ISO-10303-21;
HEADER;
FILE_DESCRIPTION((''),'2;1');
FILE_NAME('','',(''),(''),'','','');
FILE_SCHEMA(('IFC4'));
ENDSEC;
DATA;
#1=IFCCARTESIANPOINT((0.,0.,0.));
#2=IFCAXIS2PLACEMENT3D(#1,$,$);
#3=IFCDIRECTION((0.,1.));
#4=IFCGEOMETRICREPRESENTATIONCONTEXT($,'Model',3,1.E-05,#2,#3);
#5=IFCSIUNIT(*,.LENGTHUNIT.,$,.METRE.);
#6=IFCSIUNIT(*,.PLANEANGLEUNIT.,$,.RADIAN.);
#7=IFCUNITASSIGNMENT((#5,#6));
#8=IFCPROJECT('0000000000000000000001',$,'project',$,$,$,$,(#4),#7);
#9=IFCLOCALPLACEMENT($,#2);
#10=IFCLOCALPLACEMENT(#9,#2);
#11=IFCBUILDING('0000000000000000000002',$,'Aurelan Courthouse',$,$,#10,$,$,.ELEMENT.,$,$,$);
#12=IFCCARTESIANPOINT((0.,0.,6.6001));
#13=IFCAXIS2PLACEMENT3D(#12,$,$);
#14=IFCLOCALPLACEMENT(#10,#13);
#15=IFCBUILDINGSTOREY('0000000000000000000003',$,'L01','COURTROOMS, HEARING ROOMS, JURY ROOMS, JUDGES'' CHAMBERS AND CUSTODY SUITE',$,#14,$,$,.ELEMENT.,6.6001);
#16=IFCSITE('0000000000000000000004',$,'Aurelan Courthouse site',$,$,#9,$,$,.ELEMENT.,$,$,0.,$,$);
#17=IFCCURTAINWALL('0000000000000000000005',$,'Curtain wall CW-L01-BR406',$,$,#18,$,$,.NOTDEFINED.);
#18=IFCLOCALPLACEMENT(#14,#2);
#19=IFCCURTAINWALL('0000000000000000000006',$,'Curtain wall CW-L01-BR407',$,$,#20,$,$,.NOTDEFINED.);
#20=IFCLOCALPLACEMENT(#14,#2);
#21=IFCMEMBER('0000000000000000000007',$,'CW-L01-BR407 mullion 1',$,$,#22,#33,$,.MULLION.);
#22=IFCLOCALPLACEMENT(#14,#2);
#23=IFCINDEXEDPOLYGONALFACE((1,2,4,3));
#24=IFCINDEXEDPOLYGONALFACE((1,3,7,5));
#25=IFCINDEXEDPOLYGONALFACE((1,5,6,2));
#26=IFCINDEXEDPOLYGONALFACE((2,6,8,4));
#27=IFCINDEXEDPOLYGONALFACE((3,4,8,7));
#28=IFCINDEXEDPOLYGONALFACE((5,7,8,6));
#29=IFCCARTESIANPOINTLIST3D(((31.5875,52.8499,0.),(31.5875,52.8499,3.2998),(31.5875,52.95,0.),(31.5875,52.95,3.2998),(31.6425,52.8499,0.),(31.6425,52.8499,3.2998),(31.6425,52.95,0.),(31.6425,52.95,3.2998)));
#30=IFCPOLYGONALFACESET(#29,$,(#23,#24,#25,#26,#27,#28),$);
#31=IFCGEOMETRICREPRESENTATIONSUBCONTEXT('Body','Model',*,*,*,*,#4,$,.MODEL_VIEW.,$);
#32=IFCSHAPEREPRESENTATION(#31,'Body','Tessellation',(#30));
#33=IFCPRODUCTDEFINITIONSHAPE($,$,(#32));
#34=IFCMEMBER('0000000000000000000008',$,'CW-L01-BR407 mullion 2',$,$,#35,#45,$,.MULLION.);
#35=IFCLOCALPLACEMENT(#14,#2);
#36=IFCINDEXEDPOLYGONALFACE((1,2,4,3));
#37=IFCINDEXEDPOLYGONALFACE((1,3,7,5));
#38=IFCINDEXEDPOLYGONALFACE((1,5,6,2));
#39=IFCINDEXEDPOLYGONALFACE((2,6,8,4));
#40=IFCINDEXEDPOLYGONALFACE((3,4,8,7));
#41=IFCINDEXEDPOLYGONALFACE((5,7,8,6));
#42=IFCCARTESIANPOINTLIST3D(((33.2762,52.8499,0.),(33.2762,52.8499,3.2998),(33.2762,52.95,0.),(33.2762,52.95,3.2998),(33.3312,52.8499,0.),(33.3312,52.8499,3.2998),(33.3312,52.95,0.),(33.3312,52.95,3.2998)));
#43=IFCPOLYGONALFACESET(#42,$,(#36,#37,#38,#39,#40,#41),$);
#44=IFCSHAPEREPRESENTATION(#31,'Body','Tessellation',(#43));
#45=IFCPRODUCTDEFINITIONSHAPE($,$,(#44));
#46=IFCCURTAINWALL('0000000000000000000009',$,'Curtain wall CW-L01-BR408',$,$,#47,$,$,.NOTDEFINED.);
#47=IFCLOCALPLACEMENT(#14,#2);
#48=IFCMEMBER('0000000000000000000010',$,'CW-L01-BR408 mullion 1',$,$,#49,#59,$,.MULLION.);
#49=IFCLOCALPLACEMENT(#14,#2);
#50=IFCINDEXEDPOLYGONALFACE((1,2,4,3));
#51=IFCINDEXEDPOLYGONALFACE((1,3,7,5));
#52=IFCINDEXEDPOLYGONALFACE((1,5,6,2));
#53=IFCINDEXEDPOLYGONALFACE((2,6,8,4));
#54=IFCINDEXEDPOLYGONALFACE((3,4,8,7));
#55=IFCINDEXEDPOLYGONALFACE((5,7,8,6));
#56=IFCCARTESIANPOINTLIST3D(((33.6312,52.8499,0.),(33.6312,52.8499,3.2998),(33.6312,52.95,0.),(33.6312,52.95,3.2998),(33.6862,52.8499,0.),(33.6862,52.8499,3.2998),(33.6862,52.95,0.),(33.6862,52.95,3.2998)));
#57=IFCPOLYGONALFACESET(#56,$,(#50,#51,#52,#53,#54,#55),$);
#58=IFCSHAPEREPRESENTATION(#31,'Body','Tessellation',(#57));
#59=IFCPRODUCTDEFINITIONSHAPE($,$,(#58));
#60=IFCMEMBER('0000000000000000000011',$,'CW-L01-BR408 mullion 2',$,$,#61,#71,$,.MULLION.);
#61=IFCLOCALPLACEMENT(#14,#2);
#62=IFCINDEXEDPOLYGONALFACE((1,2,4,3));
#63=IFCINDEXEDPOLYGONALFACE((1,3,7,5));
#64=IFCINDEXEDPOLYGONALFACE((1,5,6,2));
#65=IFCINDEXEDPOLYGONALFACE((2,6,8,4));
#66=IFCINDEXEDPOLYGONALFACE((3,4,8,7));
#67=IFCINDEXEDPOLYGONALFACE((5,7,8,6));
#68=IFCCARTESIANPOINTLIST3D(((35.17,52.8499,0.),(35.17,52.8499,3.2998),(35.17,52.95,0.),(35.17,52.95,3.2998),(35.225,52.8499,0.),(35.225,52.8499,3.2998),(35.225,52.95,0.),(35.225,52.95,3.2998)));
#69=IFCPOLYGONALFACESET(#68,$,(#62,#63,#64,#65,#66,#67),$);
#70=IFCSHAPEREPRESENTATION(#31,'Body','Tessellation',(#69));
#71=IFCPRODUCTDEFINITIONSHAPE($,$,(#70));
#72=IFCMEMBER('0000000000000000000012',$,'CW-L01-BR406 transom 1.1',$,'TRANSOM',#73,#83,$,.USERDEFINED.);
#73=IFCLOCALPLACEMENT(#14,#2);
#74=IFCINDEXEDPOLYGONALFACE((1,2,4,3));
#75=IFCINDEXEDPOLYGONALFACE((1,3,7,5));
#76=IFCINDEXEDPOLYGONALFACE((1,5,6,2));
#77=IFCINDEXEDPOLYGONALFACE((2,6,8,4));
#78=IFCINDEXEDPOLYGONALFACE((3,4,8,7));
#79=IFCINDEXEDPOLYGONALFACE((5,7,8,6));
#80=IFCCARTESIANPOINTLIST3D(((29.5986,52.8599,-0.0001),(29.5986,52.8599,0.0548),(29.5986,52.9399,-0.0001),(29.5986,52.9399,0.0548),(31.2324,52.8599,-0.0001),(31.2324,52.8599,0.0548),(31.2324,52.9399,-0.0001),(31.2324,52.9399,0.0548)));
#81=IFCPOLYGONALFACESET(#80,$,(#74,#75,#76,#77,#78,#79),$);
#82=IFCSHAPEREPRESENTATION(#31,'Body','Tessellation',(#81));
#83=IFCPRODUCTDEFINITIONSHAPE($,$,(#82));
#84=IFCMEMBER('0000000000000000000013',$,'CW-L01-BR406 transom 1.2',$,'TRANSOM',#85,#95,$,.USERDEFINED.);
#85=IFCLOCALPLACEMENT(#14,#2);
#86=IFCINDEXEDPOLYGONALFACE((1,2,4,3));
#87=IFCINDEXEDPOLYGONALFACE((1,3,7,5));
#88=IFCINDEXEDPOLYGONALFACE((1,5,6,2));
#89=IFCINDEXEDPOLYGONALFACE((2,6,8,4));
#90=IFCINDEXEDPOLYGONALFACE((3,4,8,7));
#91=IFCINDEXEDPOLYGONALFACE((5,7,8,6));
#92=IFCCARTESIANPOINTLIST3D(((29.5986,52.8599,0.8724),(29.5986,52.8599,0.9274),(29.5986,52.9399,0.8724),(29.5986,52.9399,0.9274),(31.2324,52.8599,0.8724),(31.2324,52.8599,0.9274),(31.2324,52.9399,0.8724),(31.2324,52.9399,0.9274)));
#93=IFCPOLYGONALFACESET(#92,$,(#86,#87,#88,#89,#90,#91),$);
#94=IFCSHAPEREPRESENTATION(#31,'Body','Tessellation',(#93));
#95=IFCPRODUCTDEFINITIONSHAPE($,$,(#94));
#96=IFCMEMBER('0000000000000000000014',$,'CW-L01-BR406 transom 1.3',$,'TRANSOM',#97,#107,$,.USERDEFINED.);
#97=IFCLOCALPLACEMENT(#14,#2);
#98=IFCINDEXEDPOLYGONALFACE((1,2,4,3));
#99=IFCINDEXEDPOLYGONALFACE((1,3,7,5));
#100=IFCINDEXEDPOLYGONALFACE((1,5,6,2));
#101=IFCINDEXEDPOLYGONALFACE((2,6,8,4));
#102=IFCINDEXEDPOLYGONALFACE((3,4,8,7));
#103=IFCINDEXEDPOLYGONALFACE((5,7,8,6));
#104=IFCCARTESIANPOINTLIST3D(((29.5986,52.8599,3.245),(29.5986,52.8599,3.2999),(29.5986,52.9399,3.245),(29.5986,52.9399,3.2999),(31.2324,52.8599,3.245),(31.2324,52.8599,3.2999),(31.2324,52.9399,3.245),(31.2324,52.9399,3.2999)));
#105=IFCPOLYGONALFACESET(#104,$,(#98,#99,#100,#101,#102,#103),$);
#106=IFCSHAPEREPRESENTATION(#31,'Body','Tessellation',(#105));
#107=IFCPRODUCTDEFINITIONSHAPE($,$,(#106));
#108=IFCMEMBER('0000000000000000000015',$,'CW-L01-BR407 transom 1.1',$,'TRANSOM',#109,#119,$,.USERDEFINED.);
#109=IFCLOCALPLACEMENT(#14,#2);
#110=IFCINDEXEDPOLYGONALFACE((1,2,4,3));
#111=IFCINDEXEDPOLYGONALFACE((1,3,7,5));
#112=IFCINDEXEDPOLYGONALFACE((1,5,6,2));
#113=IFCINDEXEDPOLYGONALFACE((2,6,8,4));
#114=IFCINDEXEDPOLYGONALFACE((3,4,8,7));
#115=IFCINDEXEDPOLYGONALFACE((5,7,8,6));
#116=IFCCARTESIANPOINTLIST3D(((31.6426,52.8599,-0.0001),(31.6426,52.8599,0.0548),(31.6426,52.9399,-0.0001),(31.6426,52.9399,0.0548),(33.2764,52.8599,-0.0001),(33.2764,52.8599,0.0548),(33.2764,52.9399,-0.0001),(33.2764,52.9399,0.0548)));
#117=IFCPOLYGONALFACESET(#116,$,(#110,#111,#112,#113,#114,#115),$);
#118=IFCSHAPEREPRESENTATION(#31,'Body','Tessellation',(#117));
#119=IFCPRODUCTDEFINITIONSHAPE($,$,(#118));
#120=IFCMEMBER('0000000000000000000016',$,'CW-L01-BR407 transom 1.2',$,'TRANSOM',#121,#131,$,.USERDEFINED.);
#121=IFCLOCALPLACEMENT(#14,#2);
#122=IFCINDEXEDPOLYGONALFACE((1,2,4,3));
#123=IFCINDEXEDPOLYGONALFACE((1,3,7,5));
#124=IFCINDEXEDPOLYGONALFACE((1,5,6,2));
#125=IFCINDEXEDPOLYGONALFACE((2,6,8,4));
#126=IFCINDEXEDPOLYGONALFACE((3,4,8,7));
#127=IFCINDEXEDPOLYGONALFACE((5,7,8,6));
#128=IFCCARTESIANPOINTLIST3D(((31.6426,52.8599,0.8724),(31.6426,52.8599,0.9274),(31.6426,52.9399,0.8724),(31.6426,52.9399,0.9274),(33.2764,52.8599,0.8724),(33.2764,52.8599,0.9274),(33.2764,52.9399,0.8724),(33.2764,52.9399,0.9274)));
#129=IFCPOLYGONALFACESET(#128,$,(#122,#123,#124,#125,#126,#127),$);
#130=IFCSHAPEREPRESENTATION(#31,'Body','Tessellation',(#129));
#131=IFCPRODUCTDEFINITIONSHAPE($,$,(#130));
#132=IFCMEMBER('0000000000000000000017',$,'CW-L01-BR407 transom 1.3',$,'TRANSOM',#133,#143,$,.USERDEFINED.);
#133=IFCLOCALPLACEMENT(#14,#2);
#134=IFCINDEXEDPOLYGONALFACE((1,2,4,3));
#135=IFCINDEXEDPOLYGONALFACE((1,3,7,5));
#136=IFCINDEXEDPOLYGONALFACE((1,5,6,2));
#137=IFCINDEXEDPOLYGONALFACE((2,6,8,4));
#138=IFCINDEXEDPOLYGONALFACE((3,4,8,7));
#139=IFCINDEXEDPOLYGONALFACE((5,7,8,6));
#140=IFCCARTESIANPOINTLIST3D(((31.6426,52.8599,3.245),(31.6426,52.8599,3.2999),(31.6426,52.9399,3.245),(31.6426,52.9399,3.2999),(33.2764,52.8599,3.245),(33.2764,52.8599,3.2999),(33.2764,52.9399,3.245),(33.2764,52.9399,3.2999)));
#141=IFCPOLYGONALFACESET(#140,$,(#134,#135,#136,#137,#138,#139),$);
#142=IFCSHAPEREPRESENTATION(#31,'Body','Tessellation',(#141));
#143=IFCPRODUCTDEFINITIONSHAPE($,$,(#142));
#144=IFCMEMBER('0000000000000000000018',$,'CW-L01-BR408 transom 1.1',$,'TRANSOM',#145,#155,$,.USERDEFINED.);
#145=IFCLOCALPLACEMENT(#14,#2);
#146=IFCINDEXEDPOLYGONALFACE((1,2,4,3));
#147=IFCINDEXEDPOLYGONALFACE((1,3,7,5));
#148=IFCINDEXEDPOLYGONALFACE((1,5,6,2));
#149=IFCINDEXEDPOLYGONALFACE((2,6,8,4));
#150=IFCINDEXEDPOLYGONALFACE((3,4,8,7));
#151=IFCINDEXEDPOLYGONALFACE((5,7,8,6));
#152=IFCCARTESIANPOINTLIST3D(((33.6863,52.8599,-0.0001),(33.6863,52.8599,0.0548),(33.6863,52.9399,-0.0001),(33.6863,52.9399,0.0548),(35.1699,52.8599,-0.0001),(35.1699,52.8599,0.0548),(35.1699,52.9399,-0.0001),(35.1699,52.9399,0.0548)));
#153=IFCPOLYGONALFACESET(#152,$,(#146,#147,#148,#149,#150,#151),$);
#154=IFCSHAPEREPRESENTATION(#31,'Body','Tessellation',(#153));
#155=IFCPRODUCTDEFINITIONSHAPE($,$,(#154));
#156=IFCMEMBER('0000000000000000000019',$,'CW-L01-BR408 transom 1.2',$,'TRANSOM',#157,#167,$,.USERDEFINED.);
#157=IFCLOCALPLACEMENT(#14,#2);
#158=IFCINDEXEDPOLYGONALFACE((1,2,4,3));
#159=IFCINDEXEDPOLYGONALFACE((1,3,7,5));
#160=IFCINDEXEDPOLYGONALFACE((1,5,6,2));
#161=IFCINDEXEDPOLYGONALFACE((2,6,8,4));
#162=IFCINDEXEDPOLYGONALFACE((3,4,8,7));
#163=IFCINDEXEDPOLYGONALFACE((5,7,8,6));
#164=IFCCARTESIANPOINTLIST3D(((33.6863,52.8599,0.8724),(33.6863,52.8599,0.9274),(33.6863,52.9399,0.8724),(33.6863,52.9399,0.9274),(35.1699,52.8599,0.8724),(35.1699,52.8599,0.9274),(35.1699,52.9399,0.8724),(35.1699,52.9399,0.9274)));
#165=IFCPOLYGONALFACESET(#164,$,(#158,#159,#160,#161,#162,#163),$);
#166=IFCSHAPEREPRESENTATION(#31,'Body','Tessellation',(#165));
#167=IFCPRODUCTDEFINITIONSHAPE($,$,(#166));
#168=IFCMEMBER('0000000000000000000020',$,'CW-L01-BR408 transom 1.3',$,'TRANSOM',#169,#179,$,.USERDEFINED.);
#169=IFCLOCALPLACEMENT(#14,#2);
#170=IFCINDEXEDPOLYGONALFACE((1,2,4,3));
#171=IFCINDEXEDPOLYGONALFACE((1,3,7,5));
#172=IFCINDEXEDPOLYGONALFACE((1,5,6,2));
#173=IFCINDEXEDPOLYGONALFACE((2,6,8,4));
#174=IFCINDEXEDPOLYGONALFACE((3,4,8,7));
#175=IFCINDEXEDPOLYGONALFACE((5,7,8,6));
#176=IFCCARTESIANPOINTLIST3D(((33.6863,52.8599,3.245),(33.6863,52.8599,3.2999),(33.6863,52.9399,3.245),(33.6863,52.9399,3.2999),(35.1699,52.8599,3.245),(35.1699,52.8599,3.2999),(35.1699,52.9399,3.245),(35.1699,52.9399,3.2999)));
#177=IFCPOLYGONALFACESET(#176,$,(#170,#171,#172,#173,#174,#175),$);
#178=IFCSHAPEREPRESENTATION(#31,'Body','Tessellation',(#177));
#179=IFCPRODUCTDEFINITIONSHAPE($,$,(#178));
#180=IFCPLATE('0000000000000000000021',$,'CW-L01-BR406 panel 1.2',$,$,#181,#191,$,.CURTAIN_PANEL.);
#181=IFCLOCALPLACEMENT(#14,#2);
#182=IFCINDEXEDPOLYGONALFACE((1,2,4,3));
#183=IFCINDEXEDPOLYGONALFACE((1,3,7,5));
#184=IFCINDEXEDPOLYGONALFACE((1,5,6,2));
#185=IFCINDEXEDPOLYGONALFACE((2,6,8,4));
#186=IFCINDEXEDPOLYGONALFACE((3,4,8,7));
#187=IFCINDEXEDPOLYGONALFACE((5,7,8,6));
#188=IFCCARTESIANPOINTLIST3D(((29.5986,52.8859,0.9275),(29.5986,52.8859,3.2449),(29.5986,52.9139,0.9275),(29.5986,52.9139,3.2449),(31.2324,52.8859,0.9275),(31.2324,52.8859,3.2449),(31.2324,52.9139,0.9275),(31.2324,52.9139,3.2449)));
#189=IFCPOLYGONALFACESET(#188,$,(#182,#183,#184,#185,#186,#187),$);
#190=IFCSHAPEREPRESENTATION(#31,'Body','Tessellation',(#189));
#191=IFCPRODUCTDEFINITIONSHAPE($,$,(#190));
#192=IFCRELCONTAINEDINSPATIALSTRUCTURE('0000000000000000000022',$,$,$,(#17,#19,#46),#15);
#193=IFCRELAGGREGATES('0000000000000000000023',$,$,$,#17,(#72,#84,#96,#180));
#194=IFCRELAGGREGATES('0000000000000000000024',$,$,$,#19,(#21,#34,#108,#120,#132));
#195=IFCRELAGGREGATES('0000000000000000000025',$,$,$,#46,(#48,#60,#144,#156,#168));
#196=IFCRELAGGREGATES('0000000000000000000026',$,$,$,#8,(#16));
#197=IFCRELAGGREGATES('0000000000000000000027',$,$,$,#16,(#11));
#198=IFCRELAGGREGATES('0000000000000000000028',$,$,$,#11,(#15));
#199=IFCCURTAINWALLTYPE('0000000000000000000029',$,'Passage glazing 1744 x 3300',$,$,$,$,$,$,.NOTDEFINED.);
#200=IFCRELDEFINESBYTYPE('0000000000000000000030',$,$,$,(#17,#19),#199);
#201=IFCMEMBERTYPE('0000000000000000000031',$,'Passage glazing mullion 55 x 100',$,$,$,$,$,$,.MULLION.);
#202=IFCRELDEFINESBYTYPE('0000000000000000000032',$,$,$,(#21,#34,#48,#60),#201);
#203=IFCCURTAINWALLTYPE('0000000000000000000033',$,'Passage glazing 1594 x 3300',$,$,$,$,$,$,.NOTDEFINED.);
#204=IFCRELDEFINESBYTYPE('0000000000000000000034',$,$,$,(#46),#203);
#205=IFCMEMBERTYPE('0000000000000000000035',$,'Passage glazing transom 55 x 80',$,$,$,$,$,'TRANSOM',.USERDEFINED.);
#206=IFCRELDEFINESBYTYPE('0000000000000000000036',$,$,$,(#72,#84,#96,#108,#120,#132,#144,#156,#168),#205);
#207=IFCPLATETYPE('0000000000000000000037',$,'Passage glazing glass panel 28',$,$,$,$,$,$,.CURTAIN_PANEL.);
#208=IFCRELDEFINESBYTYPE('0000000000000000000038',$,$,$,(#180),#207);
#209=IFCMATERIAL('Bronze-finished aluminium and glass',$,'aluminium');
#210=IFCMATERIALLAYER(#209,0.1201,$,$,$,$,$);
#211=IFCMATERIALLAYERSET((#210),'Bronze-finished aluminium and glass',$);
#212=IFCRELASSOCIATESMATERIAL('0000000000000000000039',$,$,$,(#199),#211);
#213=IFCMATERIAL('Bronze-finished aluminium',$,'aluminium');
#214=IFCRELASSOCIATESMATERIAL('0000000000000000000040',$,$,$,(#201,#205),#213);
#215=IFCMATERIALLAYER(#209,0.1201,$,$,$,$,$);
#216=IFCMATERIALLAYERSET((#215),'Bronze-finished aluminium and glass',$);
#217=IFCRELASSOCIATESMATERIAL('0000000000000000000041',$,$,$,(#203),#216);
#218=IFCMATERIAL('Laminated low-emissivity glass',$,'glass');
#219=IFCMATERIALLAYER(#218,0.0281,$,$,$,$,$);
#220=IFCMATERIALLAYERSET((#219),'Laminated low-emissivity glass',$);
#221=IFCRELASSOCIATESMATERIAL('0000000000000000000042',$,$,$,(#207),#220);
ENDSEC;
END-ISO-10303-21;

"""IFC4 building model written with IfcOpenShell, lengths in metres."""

from ifc_helpers import new_model, si_unit, direction, frame, origin, origin_2d, place, context, subcontext, project, spatial, rectangle, extrude, material, layer, layer_set, material_profile, profile_set, type_object, element, aggregate, save


model = new_model("IFC4")

# Units and contexts
model_context = context("Model", 3, precision=1e-05, world=origin(), true_north=direction((0.0, 1.0)))
body_context = subcontext(model_context, "Body", "Model", "MODEL_VIEW")
ifc_project = project(units=[si_unit("LENGTHUNIT", "METRE"), si_unit("PLANEANGLEUNIT", "RADIAN")], contexts=[model_context])

# Site, building, storey
site_placement = place(None, origin())
site = spatial("IfcSite", under=ifc_project, at=site_placement, Name="Aurelan Courthouse site", CompositionType="ELEMENT", RefElevation=0.0)
building_placement = place(site_placement, origin())
building = spatial("IfcBuilding", under=site, at=building_placement, Name="Aurelan Courthouse", CompositionType="ELEMENT")
storey_placement = place(building_placement, frame((0.0, 0.0, 6.6001)))
storey = spatial("IfcBuildingStorey", under=building, at=storey_placement, Name="L01", Description="COURTROOMS, HEARING ROOMS, JURY ROOMS, JUDGES' CHAMBERS AND CUSTODY SUITE", CompositionType="ELEMENT", Elevation=6.6001)

# Curtain walls, members
ifc_material_1 = material(Name="Bronze-finished aluminium and glass", Category="aluminium")
ifc_layer_1 = layer(ifc_material_1, 0.1201)
ifc_layer_set_1 = layer_set([ifc_layer_1], Name="Bronze-finished aluminium and glass")
curtain_wall_type_1 = type_object("IfcCurtainWallType", Name="Passage glazing 1744 x 3300", PredefinedType="NOTDEFINED", material=ifc_layer_set_1)
curtain_wall_1_placement = place(storey_placement, origin())
curtain_wall_1 = element("IfcCurtainWall", 1, at=curtain_wall_1_placement, inside=storey, type_object=curtain_wall_type_1, Name="Curtain wall CW-L01-BR406", PredefinedType="NOTDEFINED")
ifc_material_2 = material(Name="Bronze-finished aluminium", Category="aluminium")
ifc_material_profile_1 = material_profile(ifc_material_2, rectangle(XDim=0.1001, YDim=0.0549, at=origin_2d()), Name="Passage glazing mullion 55 x 100")
ifc_profile_set_1 = profile_set([ifc_material_profile_1], Name="Bronze-finished aluminium")
member_type_1 = type_object("IfcMemberType", Name="Passage glazing mullion 55 x 100", PredefinedType="MULLION", material=ifc_profile_set_1)
curtain_wall_2_placement = place(storey_placement, origin())
curtain_wall_2 = element("IfcCurtainWall", 2, at=curtain_wall_2_placement, inside=storey, type_object=curtain_wall_type_1, Name="Curtain wall CW-L01-BR407", PredefinedType="NOTDEFINED")
member_1_placement = place(storey_placement, frame((31.615, 52.8999, 0.0), z_axis=(0.0, 0.0, 1.0), x_axis=(0.0, 1.0, 0.0)))
member_1 = element("IfcMember", 3, at=member_1_placement, type_object=member_type_1, Name="CW-L01-BR407 mullion 1", PredefinedType="MULLION", context=body_context, shape_type="SweptSolid", body=[
    extrude(rectangle(XDim=0.1001, YDim=0.0549, at=origin_2d()), origin(), (0.0, 0.0, 1.0), 3.2998),
])
member_2_placement = place(storey_placement, frame((33.3037, 52.8999, 0.0), z_axis=(0.0, 0.0, 1.0), x_axis=(0.0, 1.0, 0.0)))
member_2 = element("IfcMember", 4, at=member_2_placement, type_object=member_type_1, Name="CW-L01-BR407 mullion 2", PredefinedType="MULLION", context=body_context, shape_type="SweptSolid", body=[
    extrude(rectangle(XDim=0.1001, YDim=0.0549, at=origin_2d()), origin(), (0.0, 0.0, 1.0), 3.2998),
])
ifc_layer_2 = layer(ifc_material_1, 0.1201)
ifc_layer_set_2 = layer_set([ifc_layer_2], Name="Bronze-finished aluminium and glass")
curtain_wall_type_2 = type_object("IfcCurtainWallType", Name="Passage glazing 1594 x 3300", PredefinedType="NOTDEFINED", material=ifc_layer_set_2)
curtain_wall_3_placement = place(storey_placement, origin())
curtain_wall_3 = element("IfcCurtainWall", 5, at=curtain_wall_3_placement, inside=storey, type_object=curtain_wall_type_2, Name="Curtain wall CW-L01-BR408", PredefinedType="NOTDEFINED")
member_3_placement = place(storey_placement, frame((33.6587, 52.8999, 0.0), z_axis=(0.0, 0.0, 1.0), x_axis=(0.0, 1.0, 0.0)))
member_3 = element("IfcMember", 6, at=member_3_placement, type_object=member_type_1, Name="CW-L01-BR408 mullion 1", PredefinedType="MULLION", context=body_context, shape_type="SweptSolid", body=[
    extrude(rectangle(XDim=0.1001, YDim=0.0549, at=origin_2d()), origin(), (0.0, 0.0, 1.0), 3.2998),
])
member_4_placement = place(storey_placement, frame((35.1975, 52.8999, 0.0), z_axis=(0.0, 0.0, 1.0), x_axis=(0.0, 1.0, 0.0)))
member_4 = element("IfcMember", 7, at=member_4_placement, type_object=member_type_1, Name="CW-L01-BR408 mullion 2", PredefinedType="MULLION", context=body_context, shape_type="SweptSolid", body=[
    extrude(rectangle(XDim=0.1001, YDim=0.0549, at=origin_2d()), origin(), (0.0, 0.0, 1.0), 3.2998),
])

# Members
ifc_material_profile_2 = material_profile(ifc_material_2, rectangle(XDim=0.0801, YDim=0.0549, at=origin_2d()), Name="Passage glazing transom 55 x 80")
ifc_profile_set_2 = profile_set([ifc_material_profile_2], Name="Bronze-finished aluminium")
member_type_2 = type_object("IfcMemberType", Name="Passage glazing transom 55 x 80", ElementType="TRANSOM", PredefinedType="USERDEFINED", material=ifc_profile_set_2)
member_5_placement = place(storey_placement, frame((29.5986, 52.8999, 0.0273), z_axis=(1.0, 0.0, 0.0), x_axis=(0.0, 1.0, 0.0)))
member_5 = element("IfcMember", 8, at=member_5_placement, type_object=member_type_2, Name="CW-L01-BR406 transom 1.1", ObjectType="TRANSOM", PredefinedType="USERDEFINED", context=body_context, shape_type="SweptSolid", body=[
    extrude(rectangle(XDim=0.0801, YDim=0.0549, at=origin_2d()), origin(), (0.0, 0.0, 1.0), 1.6338),
])
member_6_placement = place(storey_placement, frame((29.5986, 52.8999, 0.8999), z_axis=(1.0, 0.0, 0.0), x_axis=(0.0, 1.0, 0.0)))
member_6 = element("IfcMember", 9, at=member_6_placement, type_object=member_type_2, Name="CW-L01-BR406 transom 1.2", ObjectType="TRANSOM", PredefinedType="USERDEFINED", context=body_context, shape_type="SweptSolid", body=[
    extrude(rectangle(XDim=0.0801, YDim=0.0549, at=origin_2d()), origin(), (0.0, 0.0, 1.0), 1.6338),
])
member_7_placement = place(storey_placement, frame((29.5986, 52.8999, 3.2725), z_axis=(1.0, 0.0, 0.0), x_axis=(0.0, 1.0, 0.0)))
member_7 = element("IfcMember", 10, at=member_7_placement, type_object=member_type_2, Name="CW-L01-BR406 transom 1.3", ObjectType="TRANSOM", PredefinedType="USERDEFINED", context=body_context, shape_type="SweptSolid", body=[
    extrude(rectangle(XDim=0.0801, YDim=0.0549, at=origin_2d()), origin(), (0.0, 0.0, 1.0), 1.6338),
])
member_8_placement = place(storey_placement, frame((31.6426, 52.8999, 0.0273), z_axis=(1.0, 0.0, 0.0), x_axis=(0.0, 1.0, 0.0)))
member_8 = element("IfcMember", 11, at=member_8_placement, type_object=member_type_2, Name="CW-L01-BR407 transom 1.1", ObjectType="TRANSOM", PredefinedType="USERDEFINED", context=body_context, shape_type="SweptSolid", body=[
    extrude(rectangle(XDim=0.0801, YDim=0.0549, at=origin_2d()), origin(), (0.0, 0.0, 1.0), 1.6338),
])
member_9_placement = place(storey_placement, frame((31.6426, 52.8999, 0.8999), z_axis=(1.0, 0.0, 0.0), x_axis=(0.0, 1.0, 0.0)))
member_9 = element("IfcMember", 12, at=member_9_placement, type_object=member_type_2, Name="CW-L01-BR407 transom 1.2", ObjectType="TRANSOM", PredefinedType="USERDEFINED", context=body_context, shape_type="SweptSolid", body=[
    extrude(rectangle(XDim=0.0801, YDim=0.0549, at=origin_2d()), origin(), (0.0, 0.0, 1.0), 1.6338),
])
member_10_placement = place(storey_placement, frame((31.6426, 52.8999, 3.2725), z_axis=(1.0, 0.0, 0.0), x_axis=(0.0, 1.0, 0.0)))
member_10 = element("IfcMember", 13, at=member_10_placement, type_object=member_type_2, Name="CW-L01-BR407 transom 1.3", ObjectType="TRANSOM", PredefinedType="USERDEFINED", context=body_context, shape_type="SweptSolid", body=[
    extrude(rectangle(XDim=0.0801, YDim=0.0549, at=origin_2d()), origin(), (0.0, 0.0, 1.0), 1.6338),
])
member_11_placement = place(storey_placement, frame((33.6863, 52.8999, 0.0273), z_axis=(1.0, 0.0, 0.0), x_axis=(0.0, 1.0, 0.0)))
member_11 = element("IfcMember", 14, at=member_11_placement, type_object=member_type_2, Name="CW-L01-BR408 transom 1.1", ObjectType="TRANSOM", PredefinedType="USERDEFINED", context=body_context, shape_type="SweptSolid", body=[
    extrude(rectangle(XDim=0.0801, YDim=0.0549, at=origin_2d()), origin(), (0.0, 0.0, 1.0), 1.4836),
])
member_12_placement = place(storey_placement, frame((33.6863, 52.8999, 0.8999), z_axis=(1.0, 0.0, 0.0), x_axis=(0.0, 1.0, 0.0)))
member_12 = element("IfcMember", 15, at=member_12_placement, type_object=member_type_2, Name="CW-L01-BR408 transom 1.2", ObjectType="TRANSOM", PredefinedType="USERDEFINED", context=body_context, shape_type="SweptSolid", body=[
    extrude(rectangle(XDim=0.0801, YDim=0.0549, at=origin_2d()), origin(), (0.0, 0.0, 1.0), 1.4836),
])
member_13_placement = place(storey_placement, frame((33.6863, 52.8999, 3.2725), z_axis=(1.0, 0.0, 0.0), x_axis=(0.0, 1.0, 0.0)))
member_13 = element("IfcMember", 16, at=member_13_placement, type_object=member_type_2, Name="CW-L01-BR408 transom 1.3", ObjectType="TRANSOM", PredefinedType="USERDEFINED", context=body_context, shape_type="SweptSolid", body=[
    extrude(rectangle(XDim=0.0801, YDim=0.0549, at=origin_2d()), origin(), (0.0, 0.0, 1.0), 1.4836),
])

# Plate
ifc_material_3 = material(Name="Laminated low-emissivity glass", Category="glass")
ifc_layer_3 = layer(ifc_material_3, 0.0281)
ifc_layer_set_3 = layer_set([ifc_layer_3], Name="Laminated low-emissivity glass")
plate_type_1 = type_object("IfcPlateType", Name="Passage glazing glass panel 28", PredefinedType="CURTAIN_PANEL", material=ifc_layer_set_3)
plate_1_placement = place(storey_placement, frame((30.4155, 52.8999, 0.9275), z_axis=(0.0, 0.0, 1.0), x_axis=(1.0, 0.0, 0.0)))
plate_1 = element("IfcPlate", 17, at=plate_1_placement, type_object=plate_type_1, Name="CW-L01-BR406 panel 1.2", PredefinedType="CURTAIN_PANEL", context=body_context, shape_type="SweptSolid", body=[
    extrude(rectangle(XDim=1.6338, YDim=0.0281, at=origin_2d()), origin(), (0.0, 0.0, 1.0), 2.3174),
])
aggregate(curtain_wall_1, [member_5, member_6, member_7, plate_1])
aggregate(curtain_wall_2, [member_1, member_2, member_8, member_9, member_10])
aggregate(curtain_wall_3, [member_3, member_4, member_11, member_12, member_13])

save(model, "model.ifc")
